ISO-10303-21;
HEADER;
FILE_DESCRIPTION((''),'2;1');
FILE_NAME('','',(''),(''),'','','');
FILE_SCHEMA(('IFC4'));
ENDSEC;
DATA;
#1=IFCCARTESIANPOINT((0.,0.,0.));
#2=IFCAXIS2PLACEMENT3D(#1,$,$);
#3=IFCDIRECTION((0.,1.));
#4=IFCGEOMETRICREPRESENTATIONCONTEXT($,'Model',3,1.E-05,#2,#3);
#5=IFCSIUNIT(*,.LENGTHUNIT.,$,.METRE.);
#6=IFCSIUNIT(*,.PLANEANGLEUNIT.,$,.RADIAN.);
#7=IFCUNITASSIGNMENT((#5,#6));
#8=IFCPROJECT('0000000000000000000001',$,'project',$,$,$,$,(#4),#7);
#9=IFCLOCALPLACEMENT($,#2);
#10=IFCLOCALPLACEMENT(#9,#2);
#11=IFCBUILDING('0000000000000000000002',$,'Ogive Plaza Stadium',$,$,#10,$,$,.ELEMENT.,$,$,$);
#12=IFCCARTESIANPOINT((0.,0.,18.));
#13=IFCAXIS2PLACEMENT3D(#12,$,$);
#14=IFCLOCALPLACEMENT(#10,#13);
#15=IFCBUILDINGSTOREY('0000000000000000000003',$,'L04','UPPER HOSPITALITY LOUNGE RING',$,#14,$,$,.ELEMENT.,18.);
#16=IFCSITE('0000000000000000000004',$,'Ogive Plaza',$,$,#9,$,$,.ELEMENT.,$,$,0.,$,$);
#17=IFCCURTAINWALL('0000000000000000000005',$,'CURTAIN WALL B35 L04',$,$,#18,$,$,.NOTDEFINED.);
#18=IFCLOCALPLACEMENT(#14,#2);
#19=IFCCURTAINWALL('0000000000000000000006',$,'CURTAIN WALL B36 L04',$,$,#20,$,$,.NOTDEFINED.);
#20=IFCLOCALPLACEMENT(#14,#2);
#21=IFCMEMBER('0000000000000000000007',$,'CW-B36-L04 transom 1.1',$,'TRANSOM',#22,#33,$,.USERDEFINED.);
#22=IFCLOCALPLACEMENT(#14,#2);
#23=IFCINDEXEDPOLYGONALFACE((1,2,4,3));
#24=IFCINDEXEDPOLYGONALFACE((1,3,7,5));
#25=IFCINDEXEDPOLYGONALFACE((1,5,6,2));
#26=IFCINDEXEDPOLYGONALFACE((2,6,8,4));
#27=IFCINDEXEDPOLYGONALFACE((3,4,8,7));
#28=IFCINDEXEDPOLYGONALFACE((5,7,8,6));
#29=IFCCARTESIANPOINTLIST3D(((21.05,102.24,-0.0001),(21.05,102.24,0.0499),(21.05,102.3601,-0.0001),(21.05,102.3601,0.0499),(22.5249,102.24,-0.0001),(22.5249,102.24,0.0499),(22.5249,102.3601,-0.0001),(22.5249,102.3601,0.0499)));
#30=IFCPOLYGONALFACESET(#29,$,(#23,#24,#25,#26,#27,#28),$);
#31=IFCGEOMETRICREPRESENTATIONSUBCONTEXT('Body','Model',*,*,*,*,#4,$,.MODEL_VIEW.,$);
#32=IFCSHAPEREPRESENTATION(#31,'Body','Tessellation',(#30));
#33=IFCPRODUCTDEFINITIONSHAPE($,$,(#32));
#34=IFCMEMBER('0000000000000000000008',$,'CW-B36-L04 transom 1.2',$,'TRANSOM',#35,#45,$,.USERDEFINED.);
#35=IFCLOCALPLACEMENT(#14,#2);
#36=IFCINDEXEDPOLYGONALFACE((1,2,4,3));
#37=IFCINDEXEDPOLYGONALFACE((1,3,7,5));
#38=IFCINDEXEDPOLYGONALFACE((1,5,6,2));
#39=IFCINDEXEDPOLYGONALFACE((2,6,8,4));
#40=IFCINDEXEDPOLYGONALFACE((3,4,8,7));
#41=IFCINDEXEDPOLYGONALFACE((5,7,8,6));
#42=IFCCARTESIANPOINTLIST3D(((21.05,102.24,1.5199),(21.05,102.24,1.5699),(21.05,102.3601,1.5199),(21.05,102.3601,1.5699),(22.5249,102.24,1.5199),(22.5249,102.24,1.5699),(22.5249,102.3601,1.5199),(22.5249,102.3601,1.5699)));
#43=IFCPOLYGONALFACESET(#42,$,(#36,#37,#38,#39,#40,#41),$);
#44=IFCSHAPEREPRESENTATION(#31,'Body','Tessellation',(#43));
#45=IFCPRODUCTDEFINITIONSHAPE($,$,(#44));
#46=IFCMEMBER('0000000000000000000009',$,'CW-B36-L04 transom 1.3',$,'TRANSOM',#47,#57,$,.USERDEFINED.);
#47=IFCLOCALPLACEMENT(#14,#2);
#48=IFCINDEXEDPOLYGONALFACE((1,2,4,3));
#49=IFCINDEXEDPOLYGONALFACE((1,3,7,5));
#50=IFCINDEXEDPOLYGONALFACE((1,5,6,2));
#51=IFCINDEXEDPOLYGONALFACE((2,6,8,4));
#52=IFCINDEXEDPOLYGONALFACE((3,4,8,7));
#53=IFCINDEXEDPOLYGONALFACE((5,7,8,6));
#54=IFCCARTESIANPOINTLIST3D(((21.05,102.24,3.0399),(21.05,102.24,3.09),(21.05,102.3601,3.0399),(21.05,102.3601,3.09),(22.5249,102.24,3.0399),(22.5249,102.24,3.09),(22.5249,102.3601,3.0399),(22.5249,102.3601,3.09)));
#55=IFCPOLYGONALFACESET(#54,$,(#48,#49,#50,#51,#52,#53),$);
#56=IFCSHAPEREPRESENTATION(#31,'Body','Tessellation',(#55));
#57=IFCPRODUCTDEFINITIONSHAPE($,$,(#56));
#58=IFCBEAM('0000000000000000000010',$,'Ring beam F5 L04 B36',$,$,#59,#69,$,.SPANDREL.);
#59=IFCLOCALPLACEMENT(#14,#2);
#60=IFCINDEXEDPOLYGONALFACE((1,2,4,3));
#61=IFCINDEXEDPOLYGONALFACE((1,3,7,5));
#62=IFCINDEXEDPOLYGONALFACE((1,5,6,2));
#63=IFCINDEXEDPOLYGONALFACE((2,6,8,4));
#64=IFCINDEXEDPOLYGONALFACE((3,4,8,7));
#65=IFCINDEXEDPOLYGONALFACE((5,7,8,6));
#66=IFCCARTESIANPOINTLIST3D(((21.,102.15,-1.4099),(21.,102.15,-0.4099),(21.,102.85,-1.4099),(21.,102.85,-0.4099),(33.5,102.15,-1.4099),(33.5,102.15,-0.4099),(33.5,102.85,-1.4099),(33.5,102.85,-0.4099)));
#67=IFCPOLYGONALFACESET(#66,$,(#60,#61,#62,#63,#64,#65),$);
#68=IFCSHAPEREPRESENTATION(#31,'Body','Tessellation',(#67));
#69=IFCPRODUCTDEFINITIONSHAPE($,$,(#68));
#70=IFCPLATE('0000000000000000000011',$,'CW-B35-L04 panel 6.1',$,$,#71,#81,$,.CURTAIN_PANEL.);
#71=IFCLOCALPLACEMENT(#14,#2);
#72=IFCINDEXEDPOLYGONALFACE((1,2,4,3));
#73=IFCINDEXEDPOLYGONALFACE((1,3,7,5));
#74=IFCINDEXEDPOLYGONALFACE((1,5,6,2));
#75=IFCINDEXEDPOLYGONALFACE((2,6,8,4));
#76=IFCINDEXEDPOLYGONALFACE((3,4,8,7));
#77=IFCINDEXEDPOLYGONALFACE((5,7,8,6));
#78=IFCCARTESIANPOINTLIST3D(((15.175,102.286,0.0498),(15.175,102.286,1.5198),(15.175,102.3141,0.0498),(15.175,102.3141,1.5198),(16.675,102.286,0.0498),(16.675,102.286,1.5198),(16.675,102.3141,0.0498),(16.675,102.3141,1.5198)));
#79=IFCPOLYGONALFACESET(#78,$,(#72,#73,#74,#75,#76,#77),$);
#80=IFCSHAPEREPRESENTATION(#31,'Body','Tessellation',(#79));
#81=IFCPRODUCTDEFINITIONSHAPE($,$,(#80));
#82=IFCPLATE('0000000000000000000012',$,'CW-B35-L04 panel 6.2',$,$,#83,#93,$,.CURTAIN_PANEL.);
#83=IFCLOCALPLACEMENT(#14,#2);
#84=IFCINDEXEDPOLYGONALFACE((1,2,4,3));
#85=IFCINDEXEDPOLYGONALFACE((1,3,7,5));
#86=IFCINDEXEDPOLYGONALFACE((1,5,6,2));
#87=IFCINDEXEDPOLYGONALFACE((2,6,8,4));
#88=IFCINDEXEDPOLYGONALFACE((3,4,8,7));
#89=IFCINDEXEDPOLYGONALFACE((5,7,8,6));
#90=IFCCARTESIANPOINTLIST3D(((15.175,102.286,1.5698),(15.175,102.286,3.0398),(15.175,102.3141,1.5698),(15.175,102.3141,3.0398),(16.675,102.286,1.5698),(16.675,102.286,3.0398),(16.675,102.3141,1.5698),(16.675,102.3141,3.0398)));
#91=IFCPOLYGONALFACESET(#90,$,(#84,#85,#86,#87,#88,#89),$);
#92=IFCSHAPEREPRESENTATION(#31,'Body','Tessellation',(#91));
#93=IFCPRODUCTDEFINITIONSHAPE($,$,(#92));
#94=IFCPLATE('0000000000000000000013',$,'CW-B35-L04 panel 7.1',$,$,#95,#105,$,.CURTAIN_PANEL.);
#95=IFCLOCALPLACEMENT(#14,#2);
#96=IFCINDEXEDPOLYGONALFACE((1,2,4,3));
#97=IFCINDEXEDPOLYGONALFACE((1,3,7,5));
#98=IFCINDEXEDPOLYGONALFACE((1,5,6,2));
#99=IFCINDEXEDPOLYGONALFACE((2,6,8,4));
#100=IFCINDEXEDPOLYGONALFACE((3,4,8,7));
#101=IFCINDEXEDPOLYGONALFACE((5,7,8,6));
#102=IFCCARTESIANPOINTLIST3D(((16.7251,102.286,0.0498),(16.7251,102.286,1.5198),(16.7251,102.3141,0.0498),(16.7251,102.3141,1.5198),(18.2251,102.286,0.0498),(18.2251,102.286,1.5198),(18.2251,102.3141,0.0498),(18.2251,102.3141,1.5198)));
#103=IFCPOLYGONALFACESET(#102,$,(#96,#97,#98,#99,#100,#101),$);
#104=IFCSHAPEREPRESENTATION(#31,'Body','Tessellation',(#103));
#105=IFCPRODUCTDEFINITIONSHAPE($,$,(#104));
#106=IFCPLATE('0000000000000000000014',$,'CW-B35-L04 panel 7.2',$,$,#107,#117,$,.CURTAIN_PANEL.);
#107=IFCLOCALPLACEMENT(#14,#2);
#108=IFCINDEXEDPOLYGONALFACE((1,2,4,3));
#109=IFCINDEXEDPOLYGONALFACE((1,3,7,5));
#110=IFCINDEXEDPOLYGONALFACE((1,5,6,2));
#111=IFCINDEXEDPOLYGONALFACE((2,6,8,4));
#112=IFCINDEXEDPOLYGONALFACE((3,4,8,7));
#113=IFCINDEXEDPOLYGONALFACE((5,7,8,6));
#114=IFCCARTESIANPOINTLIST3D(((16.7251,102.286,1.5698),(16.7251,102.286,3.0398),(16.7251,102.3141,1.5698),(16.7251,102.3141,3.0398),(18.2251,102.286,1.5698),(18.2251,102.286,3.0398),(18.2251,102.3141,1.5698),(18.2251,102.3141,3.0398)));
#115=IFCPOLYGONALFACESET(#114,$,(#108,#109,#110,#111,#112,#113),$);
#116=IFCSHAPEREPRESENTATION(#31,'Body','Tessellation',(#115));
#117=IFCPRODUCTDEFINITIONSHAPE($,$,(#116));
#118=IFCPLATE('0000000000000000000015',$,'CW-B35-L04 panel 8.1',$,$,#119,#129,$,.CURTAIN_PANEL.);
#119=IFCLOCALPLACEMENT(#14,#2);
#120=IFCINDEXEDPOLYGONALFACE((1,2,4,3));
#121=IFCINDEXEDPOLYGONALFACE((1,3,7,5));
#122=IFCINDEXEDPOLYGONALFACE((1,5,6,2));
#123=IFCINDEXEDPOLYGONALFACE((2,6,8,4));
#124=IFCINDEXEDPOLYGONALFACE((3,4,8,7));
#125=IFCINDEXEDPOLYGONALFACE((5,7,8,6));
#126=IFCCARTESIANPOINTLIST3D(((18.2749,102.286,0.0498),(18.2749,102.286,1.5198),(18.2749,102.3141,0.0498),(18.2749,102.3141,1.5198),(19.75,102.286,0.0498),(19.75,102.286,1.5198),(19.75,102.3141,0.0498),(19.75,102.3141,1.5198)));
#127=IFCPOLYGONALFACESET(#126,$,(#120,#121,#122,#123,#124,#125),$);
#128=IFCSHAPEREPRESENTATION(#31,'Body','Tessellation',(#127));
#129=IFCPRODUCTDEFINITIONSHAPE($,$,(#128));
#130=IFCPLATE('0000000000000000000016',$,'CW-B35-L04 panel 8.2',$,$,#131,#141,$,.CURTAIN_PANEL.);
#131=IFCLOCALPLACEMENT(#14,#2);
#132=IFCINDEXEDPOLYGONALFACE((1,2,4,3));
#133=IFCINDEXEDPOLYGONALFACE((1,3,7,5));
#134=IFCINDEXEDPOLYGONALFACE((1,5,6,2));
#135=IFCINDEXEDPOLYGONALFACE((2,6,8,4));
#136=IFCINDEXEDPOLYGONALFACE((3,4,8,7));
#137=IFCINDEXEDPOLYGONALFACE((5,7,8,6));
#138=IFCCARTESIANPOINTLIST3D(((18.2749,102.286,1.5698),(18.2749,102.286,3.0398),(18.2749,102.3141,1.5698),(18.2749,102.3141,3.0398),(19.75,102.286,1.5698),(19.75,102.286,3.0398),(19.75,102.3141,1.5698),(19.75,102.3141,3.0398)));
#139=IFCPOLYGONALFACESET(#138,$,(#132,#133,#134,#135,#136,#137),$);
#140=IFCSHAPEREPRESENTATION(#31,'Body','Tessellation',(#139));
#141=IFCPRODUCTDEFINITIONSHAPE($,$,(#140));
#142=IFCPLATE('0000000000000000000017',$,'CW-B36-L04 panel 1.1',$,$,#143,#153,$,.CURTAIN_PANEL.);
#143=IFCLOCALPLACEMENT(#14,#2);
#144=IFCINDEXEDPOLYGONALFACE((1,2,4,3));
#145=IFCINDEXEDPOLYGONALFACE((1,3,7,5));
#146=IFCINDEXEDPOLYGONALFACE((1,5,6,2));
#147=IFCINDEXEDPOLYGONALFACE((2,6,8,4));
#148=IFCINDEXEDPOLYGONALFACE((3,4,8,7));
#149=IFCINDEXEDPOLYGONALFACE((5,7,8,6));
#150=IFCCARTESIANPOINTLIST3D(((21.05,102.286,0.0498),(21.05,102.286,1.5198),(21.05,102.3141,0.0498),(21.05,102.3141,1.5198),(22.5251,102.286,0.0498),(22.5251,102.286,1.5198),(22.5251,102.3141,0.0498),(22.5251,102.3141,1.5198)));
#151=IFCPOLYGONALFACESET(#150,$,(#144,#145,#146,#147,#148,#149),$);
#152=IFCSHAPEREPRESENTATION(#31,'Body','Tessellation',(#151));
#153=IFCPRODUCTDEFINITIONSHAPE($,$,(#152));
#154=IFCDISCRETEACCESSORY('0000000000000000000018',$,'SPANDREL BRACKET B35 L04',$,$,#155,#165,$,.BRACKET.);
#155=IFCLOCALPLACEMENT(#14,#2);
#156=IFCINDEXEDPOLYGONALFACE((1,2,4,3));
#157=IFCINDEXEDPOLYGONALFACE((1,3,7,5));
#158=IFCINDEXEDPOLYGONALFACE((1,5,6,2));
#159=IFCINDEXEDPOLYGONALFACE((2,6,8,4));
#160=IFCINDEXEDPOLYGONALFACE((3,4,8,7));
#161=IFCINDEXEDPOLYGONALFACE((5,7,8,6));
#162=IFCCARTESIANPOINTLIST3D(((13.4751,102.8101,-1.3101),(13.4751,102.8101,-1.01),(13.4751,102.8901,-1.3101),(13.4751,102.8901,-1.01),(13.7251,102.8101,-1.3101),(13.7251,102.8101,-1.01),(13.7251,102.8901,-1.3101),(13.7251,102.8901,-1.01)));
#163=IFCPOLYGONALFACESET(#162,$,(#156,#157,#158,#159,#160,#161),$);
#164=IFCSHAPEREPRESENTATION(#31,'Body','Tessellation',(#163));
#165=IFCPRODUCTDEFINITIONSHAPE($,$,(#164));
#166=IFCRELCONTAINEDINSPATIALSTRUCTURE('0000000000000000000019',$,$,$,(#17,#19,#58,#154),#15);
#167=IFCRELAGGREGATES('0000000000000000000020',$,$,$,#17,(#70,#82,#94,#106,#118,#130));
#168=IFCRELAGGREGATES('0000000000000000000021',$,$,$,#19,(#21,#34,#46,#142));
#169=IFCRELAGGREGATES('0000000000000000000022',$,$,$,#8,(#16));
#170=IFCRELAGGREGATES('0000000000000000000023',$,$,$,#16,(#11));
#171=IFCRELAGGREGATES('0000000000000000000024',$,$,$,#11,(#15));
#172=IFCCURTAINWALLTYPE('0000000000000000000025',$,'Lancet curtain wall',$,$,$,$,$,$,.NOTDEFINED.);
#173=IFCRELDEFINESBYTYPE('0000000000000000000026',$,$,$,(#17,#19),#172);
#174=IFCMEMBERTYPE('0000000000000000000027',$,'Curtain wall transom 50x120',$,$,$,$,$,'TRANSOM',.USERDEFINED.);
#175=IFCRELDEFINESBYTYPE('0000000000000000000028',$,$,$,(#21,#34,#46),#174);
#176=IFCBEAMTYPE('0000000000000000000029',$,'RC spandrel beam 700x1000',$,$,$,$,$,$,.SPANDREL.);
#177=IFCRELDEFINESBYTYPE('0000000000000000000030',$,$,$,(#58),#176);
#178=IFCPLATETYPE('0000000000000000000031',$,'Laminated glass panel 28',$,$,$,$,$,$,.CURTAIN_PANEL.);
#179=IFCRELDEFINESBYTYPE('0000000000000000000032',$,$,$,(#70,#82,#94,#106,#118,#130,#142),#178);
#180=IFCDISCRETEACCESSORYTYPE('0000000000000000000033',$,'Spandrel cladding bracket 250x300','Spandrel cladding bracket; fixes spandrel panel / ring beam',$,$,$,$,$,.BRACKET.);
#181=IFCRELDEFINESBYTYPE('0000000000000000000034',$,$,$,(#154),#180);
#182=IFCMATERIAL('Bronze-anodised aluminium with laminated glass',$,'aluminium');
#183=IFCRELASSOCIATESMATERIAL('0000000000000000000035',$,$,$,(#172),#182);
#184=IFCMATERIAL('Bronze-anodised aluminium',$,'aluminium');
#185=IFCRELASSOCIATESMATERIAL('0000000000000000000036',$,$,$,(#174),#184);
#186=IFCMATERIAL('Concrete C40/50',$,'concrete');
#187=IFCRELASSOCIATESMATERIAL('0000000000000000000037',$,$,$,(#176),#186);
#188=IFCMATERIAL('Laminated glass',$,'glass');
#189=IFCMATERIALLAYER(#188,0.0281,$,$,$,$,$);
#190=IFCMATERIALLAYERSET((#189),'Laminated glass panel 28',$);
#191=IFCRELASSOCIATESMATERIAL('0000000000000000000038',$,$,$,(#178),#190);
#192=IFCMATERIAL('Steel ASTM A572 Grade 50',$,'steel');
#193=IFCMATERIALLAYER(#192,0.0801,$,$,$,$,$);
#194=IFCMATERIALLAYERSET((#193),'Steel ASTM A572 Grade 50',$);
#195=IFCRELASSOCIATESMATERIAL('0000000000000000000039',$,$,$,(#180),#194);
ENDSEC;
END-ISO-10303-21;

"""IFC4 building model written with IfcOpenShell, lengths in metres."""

from ifc_helpers import new_model, si_unit, direction, frame, origin, origin_2d, place, context, subcontext, project, spatial, rectangle, extrude, material, layer, layer_set, material_profile, profile_set, type_object, element, aggregate, save


model = new_model("IFC4")

# Units and contexts
model_context = context("Model", 3, precision=1e-05, world=origin(), true_north=direction((0.0, 1.0)))
body_context = subcontext(model_context, "Body", "Model", "MODEL_VIEW")
ifc_project = project(units=[si_unit("LENGTHUNIT", "METRE"), si_unit("PLANEANGLEUNIT", "RADIAN")], contexts=[model_context])

# Site, building, storey
site_placement = place(None, origin())
site = spatial("IfcSite", under=ifc_project, at=site_placement, Name="Ogive Plaza", CompositionType="ELEMENT", RefElevation=0.0)
building_placement = place(site_placement, origin())
building = spatial("IfcBuilding", under=site, at=building_placement, Name="Ogive Plaza Stadium", CompositionType="ELEMENT")
storey_placement = place(building_placement, frame((0.0, 0.0, 18.0)))
storey = spatial("IfcBuildingStorey", under=building, at=storey_placement, Name="L04", Description="UPPER HOSPITALITY LOUNGE RING", CompositionType="ELEMENT", Elevation=18.0)

# Curtain wall
ifc_material_1 = material(Name="Bronze-anodised aluminium with laminated glass", Category="aluminium")
curtain_wall_type = type_object("IfcCurtainWallType", Name="Lancet curtain wall", PredefinedType="NOTDEFINED", material=ifc_material_1)
curtain_wall_1_placement = place(storey_placement, origin())
curtain_wall_1 = element("IfcCurtainWall", 1, at=curtain_wall_1_placement, inside=storey, type_object=curtain_wall_type, Name="CURTAIN WALL B35 L04", PredefinedType="NOTDEFINED")

# Curtain wall
curtain_wall_2_placement = place(storey_placement, origin())
curtain_wall_2 = element("IfcCurtainWall", 2, at=curtain_wall_2_placement, inside=storey, type_object=curtain_wall_type, Name="CURTAIN WALL B36 L04", PredefinedType="NOTDEFINED")

# Members
ifc_material_2 = material(Name="Bronze-anodised aluminium", Category="aluminium")
ifc_material_profile_1 = material_profile(ifc_material_2, rectangle(XDim=0.1201, YDim=0.05, at=origin_2d()), Name="AL 120x50")
ifc_profile_set_1 = profile_set([ifc_material_profile_1], Name="Bronze-anodised aluminium")
member_type_1 = type_object("IfcMemberType", Name="Curtain wall transom 50x120", ElementType="TRANSOM", PredefinedType="USERDEFINED", material=ifc_profile_set_1)
member_1_placement = place(storey_placement, frame((21.05, 102.3, 0.0249), z_axis=(1.0, 0.0, 0.0), x_axis=(0.0, 1.0, 0.0)))
member_1 = element("IfcMember", 3, at=member_1_placement, type_object=member_type_1, Name="CW-B36-L04 transom 1.1", ObjectType="TRANSOM", PredefinedType="USERDEFINED", context=body_context, shape_type="SweptSolid", body=[
    extrude(rectangle(XDim=0.1201, YDim=0.05, at=origin_2d()), origin(), (0.0, 0.0, 1.0), 1.4749),
])
member_2_placement = place(storey_placement, frame((21.05, 102.3, 1.5449), z_axis=(1.0, 0.0, 0.0), x_axis=(0.0, 1.0, 0.0)))
member_2 = element("IfcMember", 4, at=member_2_placement, type_object=member_type_1, Name="CW-B36-L04 transom 1.2", ObjectType="TRANSOM", PredefinedType="USERDEFINED", context=body_context, shape_type="SweptSolid", body=[
    extrude(rectangle(XDim=0.1201, YDim=0.05, at=origin_2d()), origin(), (0.0, 0.0, 1.0), 1.4749),
])
member_3_placement = place(storey_placement, frame((21.05, 102.3, 3.0649), z_axis=(1.0, 0.0, 0.0), x_axis=(0.0, 1.0, 0.0)))
member_3 = element("IfcMember", 5, at=member_3_placement, type_object=member_type_1, Name="CW-B36-L04 transom 1.3", ObjectType="TRANSOM", PredefinedType="USERDEFINED", context=body_context, shape_type="SweptSolid", body=[
    extrude(rectangle(XDim=0.1201, YDim=0.05, at=origin_2d()), origin(), (0.0, 0.0, 1.0), 1.4749),
])

# Beam
ifc_material_3 = material(Name="Concrete C40/50", Category="concrete")
ifc_material_profile_2 = material_profile(ifc_material_3, rectangle(XDim=0.7, YDim=1.0, at=origin_2d()), Name="RC 700x1000")
ifc_profile_set_2 = profile_set([ifc_material_profile_2], Name="Concrete C40/50")
beam_type = type_object("IfcBeamType", Name="RC spandrel beam 700x1000", PredefinedType="SPANDREL", material=ifc_profile_set_2)
beam_placement = place(storey_placement, frame((21.0, 102.5, -0.9099), z_axis=(1.0, 0.0, 0.0), x_axis=(0.0, 1.0, 0.0)))
element("IfcBeam", 6, at=beam_placement, inside=storey, type_object=beam_type, Name="Ring beam F5 L04 B36", PredefinedType="SPANDREL", context=body_context, shape_type="SweptSolid", body=[
    extrude(rectangle(XDim=0.7, YDim=1.0, at=origin_2d()), origin(), (0.0, 0.0, 1.0), 12.5),
])

# Plates
ifc_material_4 = material(Name="Laminated glass", Category="glass")
ifc_layer_1 = layer(ifc_material_4, 0.0281)
ifc_layer_set_1 = layer_set([ifc_layer_1], Name="Laminated glass panel 28")
plate_type = type_object("IfcPlateType", Name="Laminated glass panel 28", PredefinedType="CURTAIN_PANEL", material=ifc_layer_set_1)
plate_1_placement = place(storey_placement, frame((15.925, 102.3, 0.0498), z_axis=(0.0, 0.0, 1.0), x_axis=(1.0, 0.0, 0.0)))
plate_1 = element("IfcPlate", 7, at=plate_1_placement, type_object=plate_type, Name="CW-B35-L04 panel 6.1", PredefinedType="CURTAIN_PANEL", context=body_context, shape_type="SweptSolid", body=[
    extrude(rectangle(XDim=1.5, YDim=0.0281, at=origin_2d()), origin(), (0.0, 0.0, 1.0), 1.47),
])
plate_2_placement = place(storey_placement, frame((15.925, 102.3, 1.5698), z_axis=(0.0, 0.0, 1.0), x_axis=(1.0, 0.0, 0.0)))
plate_2 = element("IfcPlate", 8, at=plate_2_placement, type_object=plate_type, Name="CW-B35-L04 panel 6.2", PredefinedType="CURTAIN_PANEL", context=body_context, shape_type="SweptSolid", body=[
    extrude(rectangle(XDim=1.5, YDim=0.0281, at=origin_2d()), origin(), (0.0, 0.0, 1.0), 1.47),
])
plate_3_placement = place(storey_placement, frame((17.4751, 102.3, 0.0498), z_axis=(0.0, 0.0, 1.0), x_axis=(1.0, 0.0, 0.0)))
plate_3 = element("IfcPlate", 9, at=plate_3_placement, type_object=plate_type, Name="CW-B35-L04 panel 7.1", PredefinedType="CURTAIN_PANEL", context=body_context, shape_type="SweptSolid", body=[
    extrude(rectangle(XDim=1.5, YDim=0.0281, at=origin_2d()), origin(), (0.0, 0.0, 1.0), 1.47),
])
plate_4_placement = place(storey_placement, frame((17.4751, 102.3, 1.5698), z_axis=(0.0, 0.0, 1.0), x_axis=(1.0, 0.0, 0.0)))
plate_4 = element("IfcPlate", 10, at=plate_4_placement, type_object=plate_type, Name="CW-B35-L04 panel 7.2", PredefinedType="CURTAIN_PANEL", context=body_context, shape_type="SweptSolid", body=[
    extrude(rectangle(XDim=1.5, YDim=0.0281, at=origin_2d()), origin(), (0.0, 0.0, 1.0), 1.47),
])
plate_5_placement = place(storey_placement, frame((19.0125, 102.3, 0.0498), z_axis=(0.0, 0.0, 1.0), x_axis=(1.0, 0.0, 0.0)))
plate_5 = element("IfcPlate", 11, at=plate_5_placement, type_object=plate_type, Name="CW-B35-L04 panel 8.1", PredefinedType="CURTAIN_PANEL", context=body_context, shape_type="SweptSolid", body=[
    extrude(rectangle(XDim=1.4751, YDim=0.0281, at=origin_2d()), origin(), (0.0, 0.0, 1.0), 1.47),
])
plate_6_placement = place(storey_placement, frame((19.0125, 102.3, 1.5698), z_axis=(0.0, 0.0, 1.0), x_axis=(1.0, 0.0, 0.0)))
plate_6 = element("IfcPlate", 12, at=plate_6_placement, type_object=plate_type, Name="CW-B35-L04 panel 8.2", PredefinedType="CURTAIN_PANEL", context=body_context, shape_type="SweptSolid", body=[
    extrude(rectangle(XDim=1.4751, YDim=0.0281, at=origin_2d()), origin(), (0.0, 0.0, 1.0), 1.47),
])
aggregate(curtain_wall_1, [plate_1, plate_2, plate_3, plate_4, plate_5, plate_6])
plate_7_placement = place(storey_placement, frame((21.7876, 102.3, 0.0498), z_axis=(0.0, 0.0, 1.0), x_axis=(1.0, 0.0, 0.0)))
plate_7 = element("IfcPlate", 13, at=plate_7_placement, type_object=plate_type, Name="CW-B36-L04 panel 1.1", PredefinedType="CURTAIN_PANEL", context=body_context, shape_type="SweptSolid", body=[
    extrude(rectangle(XDim=1.4751, YDim=0.0281, at=origin_2d()), origin(), (0.0, 0.0, 1.0), 1.47),
])
aggregate(curtain_wall_2, [member_1, member_2, member_3, plate_7])

# Discrete accessory
ifc_material_5 = material(Name="Steel ASTM A572 Grade 50", Category="steel")
ifc_layer_2 = layer(ifc_material_5, 0.0801)
ifc_layer_set_2 = layer_set([ifc_layer_2], Name="Steel ASTM A572 Grade 50")
discrete_accessory_type = type_object("IfcDiscreteAccessoryType", Name="Spandrel cladding bracket 250x300", Description="Spandrel cladding bracket; fixes spandrel panel / ring beam", PredefinedType="BRACKET", material=ifc_layer_set_2)
discrete_accessory_placement = place(storey_placement, frame((13.6001, 102.8501, -1.3101), z_axis=(0.0, 0.0, 1.0), x_axis=(1.0, 0.0, 0.0)))
element("IfcDiscreteAccessory", 14, at=discrete_accessory_placement, inside=storey, type_object=discrete_accessory_type, Name="SPANDREL BRACKET B35 L04", PredefinedType="BRACKET", context=body_context, shape_type="SweptSolid", body=[
    extrude(rectangle(XDim=0.25, YDim=0.0801, at=origin_2d()), origin(), (0.0, 0.0, 1.0), 0.3),
])

save(model, "model.ifc")
